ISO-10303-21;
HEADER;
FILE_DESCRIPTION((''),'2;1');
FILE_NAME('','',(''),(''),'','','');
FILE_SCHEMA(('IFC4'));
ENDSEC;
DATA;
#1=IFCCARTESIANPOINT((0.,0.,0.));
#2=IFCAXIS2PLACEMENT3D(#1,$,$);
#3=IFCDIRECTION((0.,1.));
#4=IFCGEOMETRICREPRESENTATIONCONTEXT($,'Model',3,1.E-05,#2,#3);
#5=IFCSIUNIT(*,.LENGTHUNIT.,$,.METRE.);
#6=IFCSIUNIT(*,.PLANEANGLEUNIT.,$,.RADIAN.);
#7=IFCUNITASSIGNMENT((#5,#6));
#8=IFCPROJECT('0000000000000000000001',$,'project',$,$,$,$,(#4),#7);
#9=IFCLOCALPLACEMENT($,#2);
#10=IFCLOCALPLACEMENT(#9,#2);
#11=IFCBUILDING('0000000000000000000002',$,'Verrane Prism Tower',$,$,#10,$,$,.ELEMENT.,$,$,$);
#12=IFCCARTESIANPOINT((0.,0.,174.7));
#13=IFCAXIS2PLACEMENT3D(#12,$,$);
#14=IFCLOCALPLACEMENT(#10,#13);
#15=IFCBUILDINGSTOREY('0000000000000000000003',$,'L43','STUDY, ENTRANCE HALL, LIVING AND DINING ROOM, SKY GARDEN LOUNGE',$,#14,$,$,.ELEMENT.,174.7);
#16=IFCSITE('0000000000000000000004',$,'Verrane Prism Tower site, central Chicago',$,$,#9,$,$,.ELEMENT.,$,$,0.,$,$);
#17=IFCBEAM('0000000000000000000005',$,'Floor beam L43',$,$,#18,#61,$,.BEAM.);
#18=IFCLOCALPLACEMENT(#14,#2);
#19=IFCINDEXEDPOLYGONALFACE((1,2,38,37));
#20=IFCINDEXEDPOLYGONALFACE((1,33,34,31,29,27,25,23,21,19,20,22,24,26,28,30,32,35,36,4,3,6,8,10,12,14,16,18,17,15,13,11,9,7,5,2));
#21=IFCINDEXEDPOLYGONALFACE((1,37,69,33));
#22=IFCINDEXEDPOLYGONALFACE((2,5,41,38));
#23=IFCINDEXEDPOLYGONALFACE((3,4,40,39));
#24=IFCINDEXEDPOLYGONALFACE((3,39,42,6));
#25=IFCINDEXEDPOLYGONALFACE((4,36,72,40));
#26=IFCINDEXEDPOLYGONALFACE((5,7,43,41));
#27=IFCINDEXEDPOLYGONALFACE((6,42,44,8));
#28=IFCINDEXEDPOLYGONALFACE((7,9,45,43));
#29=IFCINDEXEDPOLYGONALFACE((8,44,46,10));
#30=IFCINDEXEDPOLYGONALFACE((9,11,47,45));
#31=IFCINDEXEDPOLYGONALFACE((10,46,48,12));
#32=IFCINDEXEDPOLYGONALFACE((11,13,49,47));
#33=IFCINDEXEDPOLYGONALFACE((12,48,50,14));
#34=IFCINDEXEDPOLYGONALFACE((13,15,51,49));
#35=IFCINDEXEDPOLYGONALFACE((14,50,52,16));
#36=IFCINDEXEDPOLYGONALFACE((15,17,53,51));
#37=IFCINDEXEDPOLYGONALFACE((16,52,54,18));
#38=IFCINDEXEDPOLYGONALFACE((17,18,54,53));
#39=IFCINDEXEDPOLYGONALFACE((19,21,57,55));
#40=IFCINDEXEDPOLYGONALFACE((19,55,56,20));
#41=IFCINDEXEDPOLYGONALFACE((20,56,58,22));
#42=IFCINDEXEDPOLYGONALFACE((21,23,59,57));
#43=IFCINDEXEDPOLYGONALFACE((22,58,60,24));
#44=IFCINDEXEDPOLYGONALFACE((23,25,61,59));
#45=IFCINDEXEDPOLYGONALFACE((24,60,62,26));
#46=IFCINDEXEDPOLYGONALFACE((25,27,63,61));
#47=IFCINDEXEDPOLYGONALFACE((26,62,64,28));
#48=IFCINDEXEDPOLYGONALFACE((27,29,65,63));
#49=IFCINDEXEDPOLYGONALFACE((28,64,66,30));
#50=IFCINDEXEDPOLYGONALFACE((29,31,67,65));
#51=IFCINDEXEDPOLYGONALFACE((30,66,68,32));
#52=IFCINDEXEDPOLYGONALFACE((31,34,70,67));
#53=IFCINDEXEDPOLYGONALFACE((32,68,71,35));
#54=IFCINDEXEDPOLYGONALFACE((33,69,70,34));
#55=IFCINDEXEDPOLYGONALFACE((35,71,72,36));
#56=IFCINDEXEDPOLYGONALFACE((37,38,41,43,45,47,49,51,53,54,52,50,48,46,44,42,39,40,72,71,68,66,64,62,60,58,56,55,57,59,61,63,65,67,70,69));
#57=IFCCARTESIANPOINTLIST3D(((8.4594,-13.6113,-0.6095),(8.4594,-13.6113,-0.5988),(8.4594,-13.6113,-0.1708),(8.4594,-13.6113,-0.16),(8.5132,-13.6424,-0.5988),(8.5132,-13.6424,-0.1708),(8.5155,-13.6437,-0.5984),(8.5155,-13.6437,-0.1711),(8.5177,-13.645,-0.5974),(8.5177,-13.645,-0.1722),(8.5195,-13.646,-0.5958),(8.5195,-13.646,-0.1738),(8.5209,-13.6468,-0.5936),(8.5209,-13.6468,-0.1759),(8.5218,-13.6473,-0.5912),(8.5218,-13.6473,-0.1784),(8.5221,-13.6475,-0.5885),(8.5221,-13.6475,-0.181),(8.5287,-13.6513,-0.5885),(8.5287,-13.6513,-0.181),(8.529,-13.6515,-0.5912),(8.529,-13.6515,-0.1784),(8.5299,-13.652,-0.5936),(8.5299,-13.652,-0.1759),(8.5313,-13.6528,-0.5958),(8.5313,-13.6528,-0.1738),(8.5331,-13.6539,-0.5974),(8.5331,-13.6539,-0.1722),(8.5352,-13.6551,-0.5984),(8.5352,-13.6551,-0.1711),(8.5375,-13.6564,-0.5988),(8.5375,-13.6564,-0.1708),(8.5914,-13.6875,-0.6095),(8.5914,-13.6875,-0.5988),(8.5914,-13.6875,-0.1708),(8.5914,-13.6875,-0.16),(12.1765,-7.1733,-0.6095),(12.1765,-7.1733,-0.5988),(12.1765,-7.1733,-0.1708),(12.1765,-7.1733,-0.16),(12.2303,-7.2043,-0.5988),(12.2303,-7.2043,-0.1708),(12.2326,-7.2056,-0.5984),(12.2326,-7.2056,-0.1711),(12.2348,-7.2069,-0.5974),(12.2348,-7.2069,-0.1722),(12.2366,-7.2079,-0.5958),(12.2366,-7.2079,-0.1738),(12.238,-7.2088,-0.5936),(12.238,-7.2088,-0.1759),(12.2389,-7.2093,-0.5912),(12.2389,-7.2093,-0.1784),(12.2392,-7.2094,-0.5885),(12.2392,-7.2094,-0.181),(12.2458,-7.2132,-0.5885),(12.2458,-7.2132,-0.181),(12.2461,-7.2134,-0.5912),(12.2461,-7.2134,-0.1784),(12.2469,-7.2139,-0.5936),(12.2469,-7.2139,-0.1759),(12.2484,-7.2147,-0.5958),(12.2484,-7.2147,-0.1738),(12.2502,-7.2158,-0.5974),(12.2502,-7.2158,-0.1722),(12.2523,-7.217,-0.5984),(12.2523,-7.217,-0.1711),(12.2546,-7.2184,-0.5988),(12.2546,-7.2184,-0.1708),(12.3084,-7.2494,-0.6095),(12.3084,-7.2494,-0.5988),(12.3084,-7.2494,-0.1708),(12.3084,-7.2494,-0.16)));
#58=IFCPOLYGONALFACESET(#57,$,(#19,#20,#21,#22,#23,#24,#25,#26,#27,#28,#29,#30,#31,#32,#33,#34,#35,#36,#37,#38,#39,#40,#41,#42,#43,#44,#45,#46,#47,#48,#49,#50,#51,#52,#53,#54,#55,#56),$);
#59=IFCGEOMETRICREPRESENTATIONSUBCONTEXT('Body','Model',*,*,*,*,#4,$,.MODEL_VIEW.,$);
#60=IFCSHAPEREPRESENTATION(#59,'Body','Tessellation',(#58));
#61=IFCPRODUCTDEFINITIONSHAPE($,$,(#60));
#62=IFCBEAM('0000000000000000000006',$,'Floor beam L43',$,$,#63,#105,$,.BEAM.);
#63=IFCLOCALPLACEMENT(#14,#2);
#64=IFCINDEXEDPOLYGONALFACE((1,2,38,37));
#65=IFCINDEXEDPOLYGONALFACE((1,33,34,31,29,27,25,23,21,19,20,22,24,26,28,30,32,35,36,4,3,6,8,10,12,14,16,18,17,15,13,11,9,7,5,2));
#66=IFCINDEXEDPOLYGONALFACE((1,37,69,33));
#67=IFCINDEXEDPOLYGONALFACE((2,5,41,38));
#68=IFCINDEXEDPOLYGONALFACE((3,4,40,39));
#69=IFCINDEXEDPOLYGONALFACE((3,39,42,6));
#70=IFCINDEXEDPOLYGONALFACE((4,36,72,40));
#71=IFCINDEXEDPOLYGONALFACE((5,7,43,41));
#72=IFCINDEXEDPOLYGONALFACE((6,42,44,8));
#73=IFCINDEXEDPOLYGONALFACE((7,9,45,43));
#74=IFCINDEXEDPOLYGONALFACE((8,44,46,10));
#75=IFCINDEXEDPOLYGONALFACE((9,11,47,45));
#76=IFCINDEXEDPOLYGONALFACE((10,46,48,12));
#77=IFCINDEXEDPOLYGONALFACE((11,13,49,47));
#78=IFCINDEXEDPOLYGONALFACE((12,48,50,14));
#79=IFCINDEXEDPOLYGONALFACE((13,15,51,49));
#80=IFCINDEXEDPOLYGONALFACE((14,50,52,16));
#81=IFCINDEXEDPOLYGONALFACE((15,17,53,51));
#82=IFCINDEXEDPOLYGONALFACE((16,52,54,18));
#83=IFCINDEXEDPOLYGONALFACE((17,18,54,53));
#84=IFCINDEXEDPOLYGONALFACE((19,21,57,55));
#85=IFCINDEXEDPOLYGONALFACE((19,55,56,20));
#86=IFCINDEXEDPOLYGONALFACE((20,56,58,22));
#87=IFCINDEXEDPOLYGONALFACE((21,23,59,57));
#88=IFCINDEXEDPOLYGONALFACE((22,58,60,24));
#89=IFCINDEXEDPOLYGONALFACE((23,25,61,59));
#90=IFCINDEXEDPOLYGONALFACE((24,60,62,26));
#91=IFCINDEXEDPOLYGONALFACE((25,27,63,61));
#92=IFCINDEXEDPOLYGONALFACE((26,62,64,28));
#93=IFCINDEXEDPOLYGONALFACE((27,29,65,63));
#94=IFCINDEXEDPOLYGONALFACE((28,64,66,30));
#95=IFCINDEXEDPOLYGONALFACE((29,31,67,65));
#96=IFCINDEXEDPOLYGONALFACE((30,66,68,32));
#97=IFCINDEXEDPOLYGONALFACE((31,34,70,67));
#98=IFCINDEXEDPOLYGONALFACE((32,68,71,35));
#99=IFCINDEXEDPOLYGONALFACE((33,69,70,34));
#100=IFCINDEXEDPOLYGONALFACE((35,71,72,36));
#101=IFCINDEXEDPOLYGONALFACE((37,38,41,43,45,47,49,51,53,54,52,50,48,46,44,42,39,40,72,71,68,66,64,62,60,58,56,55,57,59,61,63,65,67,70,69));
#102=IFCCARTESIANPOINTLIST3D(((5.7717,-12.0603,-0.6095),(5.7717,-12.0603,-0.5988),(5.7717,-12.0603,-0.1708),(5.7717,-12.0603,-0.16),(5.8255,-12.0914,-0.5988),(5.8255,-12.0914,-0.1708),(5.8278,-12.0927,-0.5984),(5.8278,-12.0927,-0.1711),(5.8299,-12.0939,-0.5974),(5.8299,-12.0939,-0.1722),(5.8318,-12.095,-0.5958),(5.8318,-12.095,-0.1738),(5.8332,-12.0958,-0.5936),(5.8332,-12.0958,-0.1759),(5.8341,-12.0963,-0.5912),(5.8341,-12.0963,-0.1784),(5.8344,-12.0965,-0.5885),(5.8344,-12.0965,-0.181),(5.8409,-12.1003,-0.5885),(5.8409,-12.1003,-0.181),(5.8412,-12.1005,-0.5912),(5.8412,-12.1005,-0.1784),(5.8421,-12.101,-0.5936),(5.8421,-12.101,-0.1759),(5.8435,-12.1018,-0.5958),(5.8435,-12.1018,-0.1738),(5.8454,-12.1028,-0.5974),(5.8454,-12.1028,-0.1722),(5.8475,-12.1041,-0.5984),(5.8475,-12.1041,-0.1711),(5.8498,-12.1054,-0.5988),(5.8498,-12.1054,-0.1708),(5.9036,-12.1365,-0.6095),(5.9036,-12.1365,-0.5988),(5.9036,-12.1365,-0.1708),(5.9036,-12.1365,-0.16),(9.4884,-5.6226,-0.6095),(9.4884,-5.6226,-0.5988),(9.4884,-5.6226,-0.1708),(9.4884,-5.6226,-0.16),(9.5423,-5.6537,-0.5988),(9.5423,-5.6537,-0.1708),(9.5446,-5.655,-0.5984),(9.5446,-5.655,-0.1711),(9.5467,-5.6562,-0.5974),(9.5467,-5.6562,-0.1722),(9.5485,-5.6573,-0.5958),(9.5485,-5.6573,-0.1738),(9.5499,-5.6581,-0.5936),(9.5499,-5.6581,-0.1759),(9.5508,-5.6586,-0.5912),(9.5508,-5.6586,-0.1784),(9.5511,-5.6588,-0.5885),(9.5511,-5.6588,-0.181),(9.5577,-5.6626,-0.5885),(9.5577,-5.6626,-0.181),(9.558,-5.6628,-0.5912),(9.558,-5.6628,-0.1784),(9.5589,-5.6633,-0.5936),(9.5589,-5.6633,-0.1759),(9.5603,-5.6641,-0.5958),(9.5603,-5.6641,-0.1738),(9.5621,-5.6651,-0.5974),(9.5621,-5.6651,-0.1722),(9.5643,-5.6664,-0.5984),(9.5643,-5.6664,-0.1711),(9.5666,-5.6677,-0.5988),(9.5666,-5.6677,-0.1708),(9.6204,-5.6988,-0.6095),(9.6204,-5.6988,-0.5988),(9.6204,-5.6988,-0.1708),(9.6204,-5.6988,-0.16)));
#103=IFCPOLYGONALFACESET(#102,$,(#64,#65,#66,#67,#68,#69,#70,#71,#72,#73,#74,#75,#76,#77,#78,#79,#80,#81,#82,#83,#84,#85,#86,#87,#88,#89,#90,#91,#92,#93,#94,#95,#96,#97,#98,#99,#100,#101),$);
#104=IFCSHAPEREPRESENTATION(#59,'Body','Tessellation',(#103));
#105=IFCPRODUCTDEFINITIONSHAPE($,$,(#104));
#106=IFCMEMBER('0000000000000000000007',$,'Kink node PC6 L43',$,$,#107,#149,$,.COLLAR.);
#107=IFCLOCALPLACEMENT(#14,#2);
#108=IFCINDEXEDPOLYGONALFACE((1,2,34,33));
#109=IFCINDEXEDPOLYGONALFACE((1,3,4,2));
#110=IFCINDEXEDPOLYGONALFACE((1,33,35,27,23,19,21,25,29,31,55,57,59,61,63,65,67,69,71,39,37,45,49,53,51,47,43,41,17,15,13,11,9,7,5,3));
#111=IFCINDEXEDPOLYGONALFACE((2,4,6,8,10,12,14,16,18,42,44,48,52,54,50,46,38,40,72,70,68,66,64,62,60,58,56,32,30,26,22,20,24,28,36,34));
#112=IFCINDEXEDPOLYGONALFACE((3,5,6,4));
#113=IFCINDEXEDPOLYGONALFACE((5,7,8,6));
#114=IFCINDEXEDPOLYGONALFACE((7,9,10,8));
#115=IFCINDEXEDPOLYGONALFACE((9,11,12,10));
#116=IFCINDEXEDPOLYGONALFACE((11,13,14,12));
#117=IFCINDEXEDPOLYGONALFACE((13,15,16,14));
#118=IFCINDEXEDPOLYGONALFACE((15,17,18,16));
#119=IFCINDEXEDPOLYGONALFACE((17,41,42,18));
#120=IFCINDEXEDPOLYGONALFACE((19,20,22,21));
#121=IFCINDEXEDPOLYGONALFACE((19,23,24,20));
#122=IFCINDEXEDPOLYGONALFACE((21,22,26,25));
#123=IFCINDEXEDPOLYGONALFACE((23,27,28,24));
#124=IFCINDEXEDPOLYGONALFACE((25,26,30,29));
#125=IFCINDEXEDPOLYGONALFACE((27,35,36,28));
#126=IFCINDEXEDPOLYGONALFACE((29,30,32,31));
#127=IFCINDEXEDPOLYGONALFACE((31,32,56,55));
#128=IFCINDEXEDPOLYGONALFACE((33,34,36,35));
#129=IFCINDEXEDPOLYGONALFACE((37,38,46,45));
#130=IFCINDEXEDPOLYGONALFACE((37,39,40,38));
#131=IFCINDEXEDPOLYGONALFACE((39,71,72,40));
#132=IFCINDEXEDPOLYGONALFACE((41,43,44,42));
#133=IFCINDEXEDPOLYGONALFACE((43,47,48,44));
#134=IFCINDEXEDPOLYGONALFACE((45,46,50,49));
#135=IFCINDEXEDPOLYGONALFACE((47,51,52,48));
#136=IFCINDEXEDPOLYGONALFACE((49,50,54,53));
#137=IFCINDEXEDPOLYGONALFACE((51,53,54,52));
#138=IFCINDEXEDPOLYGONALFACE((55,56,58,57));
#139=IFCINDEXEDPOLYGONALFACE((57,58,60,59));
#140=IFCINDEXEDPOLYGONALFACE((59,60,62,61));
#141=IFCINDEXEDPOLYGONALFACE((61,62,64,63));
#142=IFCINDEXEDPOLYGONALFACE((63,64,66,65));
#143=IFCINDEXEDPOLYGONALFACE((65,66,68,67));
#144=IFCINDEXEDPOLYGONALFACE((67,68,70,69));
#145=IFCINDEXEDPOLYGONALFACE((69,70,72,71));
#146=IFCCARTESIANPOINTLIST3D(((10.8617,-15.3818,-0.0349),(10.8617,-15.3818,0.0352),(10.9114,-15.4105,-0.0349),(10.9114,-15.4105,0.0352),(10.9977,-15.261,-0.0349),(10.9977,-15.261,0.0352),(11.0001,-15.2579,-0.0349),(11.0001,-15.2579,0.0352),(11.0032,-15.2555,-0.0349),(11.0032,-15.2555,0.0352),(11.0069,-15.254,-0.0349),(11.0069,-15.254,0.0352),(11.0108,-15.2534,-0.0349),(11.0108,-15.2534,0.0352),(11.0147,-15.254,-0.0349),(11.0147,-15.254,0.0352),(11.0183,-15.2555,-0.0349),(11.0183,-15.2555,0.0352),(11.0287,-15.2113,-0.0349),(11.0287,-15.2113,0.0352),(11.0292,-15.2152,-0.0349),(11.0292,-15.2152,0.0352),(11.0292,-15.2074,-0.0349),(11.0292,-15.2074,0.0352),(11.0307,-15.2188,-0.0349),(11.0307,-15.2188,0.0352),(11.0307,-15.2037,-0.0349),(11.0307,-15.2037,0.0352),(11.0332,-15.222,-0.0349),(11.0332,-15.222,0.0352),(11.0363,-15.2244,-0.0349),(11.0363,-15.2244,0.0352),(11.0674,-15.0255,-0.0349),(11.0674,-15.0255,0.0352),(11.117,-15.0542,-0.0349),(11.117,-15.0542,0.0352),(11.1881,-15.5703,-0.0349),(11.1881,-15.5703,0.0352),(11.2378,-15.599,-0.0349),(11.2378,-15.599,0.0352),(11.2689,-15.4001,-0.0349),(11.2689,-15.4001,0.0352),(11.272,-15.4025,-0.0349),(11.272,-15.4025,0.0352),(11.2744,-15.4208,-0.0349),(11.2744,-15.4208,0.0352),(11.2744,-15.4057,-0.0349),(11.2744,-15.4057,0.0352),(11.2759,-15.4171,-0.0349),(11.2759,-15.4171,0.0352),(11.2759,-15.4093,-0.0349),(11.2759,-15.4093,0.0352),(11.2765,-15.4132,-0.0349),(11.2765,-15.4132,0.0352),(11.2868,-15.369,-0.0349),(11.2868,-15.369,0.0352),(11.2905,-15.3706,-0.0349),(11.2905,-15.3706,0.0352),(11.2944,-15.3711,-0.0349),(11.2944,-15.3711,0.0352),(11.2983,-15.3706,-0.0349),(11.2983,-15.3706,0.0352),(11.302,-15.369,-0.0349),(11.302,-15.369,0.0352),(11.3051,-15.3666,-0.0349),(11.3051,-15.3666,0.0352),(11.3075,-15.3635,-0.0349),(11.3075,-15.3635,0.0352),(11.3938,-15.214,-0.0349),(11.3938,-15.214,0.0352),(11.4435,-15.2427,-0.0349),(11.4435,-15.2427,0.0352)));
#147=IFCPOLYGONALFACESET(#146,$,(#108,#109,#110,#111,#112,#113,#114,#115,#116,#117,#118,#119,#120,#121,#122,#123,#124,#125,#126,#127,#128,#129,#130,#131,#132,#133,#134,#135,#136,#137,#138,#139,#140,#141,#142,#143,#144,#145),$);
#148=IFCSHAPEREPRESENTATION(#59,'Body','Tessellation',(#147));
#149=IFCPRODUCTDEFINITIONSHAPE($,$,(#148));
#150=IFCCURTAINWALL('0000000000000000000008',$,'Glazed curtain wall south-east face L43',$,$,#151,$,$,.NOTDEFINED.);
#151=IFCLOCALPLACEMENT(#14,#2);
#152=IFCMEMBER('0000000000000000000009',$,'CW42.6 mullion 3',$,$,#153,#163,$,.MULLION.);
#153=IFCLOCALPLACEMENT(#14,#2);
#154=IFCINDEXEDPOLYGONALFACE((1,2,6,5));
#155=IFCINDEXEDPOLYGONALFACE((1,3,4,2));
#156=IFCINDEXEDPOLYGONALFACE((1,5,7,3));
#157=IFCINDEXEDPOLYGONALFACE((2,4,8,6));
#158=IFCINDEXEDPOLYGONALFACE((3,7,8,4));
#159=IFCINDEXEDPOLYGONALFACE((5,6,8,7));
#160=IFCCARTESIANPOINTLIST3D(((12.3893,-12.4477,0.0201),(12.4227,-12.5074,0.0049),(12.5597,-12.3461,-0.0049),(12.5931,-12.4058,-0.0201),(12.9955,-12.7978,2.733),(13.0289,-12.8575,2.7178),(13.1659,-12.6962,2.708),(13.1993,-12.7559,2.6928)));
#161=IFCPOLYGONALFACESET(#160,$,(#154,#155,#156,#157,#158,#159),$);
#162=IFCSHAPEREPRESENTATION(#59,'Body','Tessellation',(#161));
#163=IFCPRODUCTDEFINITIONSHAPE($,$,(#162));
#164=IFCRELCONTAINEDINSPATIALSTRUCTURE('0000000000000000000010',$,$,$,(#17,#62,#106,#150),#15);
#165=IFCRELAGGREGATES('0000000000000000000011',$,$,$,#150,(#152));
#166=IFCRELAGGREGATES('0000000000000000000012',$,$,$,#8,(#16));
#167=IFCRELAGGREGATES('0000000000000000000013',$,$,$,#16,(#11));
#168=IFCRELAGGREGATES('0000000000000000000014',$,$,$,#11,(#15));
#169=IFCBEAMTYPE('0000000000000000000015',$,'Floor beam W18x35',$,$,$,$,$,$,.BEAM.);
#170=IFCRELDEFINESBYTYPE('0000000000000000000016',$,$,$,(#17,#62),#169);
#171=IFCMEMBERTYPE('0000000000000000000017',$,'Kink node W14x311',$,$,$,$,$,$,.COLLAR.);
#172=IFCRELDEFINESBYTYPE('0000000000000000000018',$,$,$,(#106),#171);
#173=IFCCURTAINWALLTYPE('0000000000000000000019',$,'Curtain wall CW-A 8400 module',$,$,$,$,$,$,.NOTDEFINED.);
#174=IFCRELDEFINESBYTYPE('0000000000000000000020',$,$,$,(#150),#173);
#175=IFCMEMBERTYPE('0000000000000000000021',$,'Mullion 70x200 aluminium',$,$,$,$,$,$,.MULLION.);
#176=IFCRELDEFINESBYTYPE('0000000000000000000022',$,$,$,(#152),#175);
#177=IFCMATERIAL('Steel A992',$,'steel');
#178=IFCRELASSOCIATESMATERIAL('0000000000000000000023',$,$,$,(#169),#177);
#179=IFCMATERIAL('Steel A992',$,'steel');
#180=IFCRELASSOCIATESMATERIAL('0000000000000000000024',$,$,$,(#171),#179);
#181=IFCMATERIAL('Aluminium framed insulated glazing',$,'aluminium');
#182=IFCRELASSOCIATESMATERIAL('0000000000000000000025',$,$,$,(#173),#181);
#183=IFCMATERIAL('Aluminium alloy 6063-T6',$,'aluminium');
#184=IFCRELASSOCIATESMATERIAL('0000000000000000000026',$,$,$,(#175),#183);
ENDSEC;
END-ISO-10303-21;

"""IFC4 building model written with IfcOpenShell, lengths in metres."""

from ifc_helpers import new_model, si_unit, direction, frame, origin, origin_2d, place, context, subcontext, project, spatial, rectangle, i_section, extrude, material, material_profile, profile_set, type_object, element, aggregate, save


model = new_model("IFC4")

# Units and contexts
model_context = context("Model", 3, precision=1e-05, world=origin(), true_north=direction((0.0, 1.0)))
body_context = subcontext(model_context, "Body", "Model", "MODEL_VIEW")
ifc_project = project(units=[si_unit("LENGTHUNIT", "METRE"), si_unit("PLANEANGLEUNIT", "RADIAN")], contexts=[model_context])

# Site, building, storey
site_placement = place(None, origin())
site = spatial("IfcSite", under=ifc_project, at=site_placement, Name="Verrane Prism Tower site, central Chicago", CompositionType="ELEMENT", RefElevation=0.0)
building_placement = place(site_placement, origin())
building = spatial("IfcBuilding", under=site, at=building_placement, Name="Verrane Prism Tower", CompositionType="ELEMENT")
storey_placement = place(building_placement, frame((0.0, 0.0, 174.7)))
storey = spatial("IfcBuildingStorey", under=building, at=storey_placement, Name="L43", Description="STUDY, ENTRANCE HALL, LIVING AND DINING ROOM, SKY GARDEN LOUNGE", CompositionType="ELEMENT", Elevation=174.7)

# Beams
ifc_material_1 = material(Name="Steel A992", Category="steel")
ifc_material_profile_1 = material_profile(ifc_material_1, i_section(OverallWidth=0.1523, OverallDepth=0.4495, WebThickness=0.0076, FlangeThickness=0.0107, FilletRadius=0.0103, at=origin_2d()), Name="W18x35")
ifc_profile_set_1 = profile_set([ifc_material_profile_1], Name="Steel A992")
beam_type_1 = type_object("IfcBeamType", Name="Floor beam W18x35", PredefinedType="BEAM", material=ifc_profile_set_1)
beam_1_placement = place(storey_placement, frame((8.5254, -13.6494, -0.3848), z_axis=(0.500007, 0.866022, 0.0), x_axis=(-0.866022, 0.500007, 0.0)))
element("IfcBeam", 1, at=beam_1_placement, inside=storey, type_object=beam_type_1, Name="Floor beam L43", PredefinedType="BEAM", context=body_context, shape_type="SweptSolid", body=[
    extrude(i_section(OverallWidth=0.1523, OverallDepth=0.4495, WebThickness=0.0076, FlangeThickness=0.0107, FilletRadius=0.0103, at=origin_2d()), origin(), (0.0, 0.0, 1.0), 7.4341),
])
beam_2_placement = place(storey_placement, frame((5.8376, -12.0984, -0.3848), z_axis=(0.499996, 0.866028, 0.0), x_axis=(-0.866028, 0.499996, 0.0)))
element("IfcBeam", 2, at=beam_2_placement, inside=storey, type_object=beam_type_1, Name="Floor beam L43", PredefinedType="BEAM", context=body_context, shape_type="SweptSolid", body=[
    extrude(i_section(OverallWidth=0.1523, OverallDepth=0.4495, WebThickness=0.0076, FlangeThickness=0.0107, FilletRadius=0.0103, at=origin_2d()), origin(), (0.0, 0.0, 1.0), 7.4336),
])

# Member
ifc_material_2 = material(Name="Steel A992", Category="steel")
ifc_material_profile_2 = material_profile(ifc_material_2, i_section(OverallWidth=0.4114, OverallDepth=0.4343, WebThickness=0.0359, FlangeThickness=0.0574, FilletRadius=0.0151, at=origin_2d()), Name="W14x311")
ifc_profile_set_2 = profile_set([ifc_material_profile_2], Name="Steel A992")
member_type_1 = type_object("IfcMemberType", Name="Kink node W14x311", PredefinedType="COLLAR", material=ifc_profile_set_2)
member_1_placement = place(storey_placement, frame((11.1526, -15.3123, -0.0349), z_axis=(0.0, 0.0, 1.0), x_axis=(-0.5, -0.866025, 0.0)))
element("IfcMember", 3, at=member_1_placement, inside=storey, type_object=member_type_1, Name="Kink node PC6 L43", PredefinedType="COLLAR", context=body_context, shape_type="SweptSolid", body=[
    extrude(i_section(OverallWidth=0.4114, OverallDepth=0.4343, WebThickness=0.0359, FlangeThickness=0.0574, FilletRadius=0.0151, at=origin_2d()), origin(), (0.0, 0.0, 1.0), 0.0701),
])

# Curtain wall, member
ifc_material_3 = material(Name="Aluminium framed insulated glazing", Category="aluminium")
curtain_wall_type = type_object("IfcCurtainWallType", Name="Curtain wall CW-A 8400 module", PredefinedType="NOTDEFINED", material=ifc_material_3)
curtain_wall_placement = place(storey_placement, origin())
curtain_wall = element("IfcCurtainWall", 4, at=curtain_wall_placement, inside=storey, type_object=curtain_wall_type, Name="Glazed curtain wall south-east face L43", PredefinedType="NOTDEFINED")
ifc_material_4 = material(Name="Aluminium alloy 6063-T6", Category="aluminium")
ifc_material_profile_3 = material_profile(ifc_material_4, rectangle(XDim=0.2, YDim=0.0701, at=origin_2d()), Name="Mullion 70x200 aluminium")
ifc_profile_set_3 = profile_set([ifc_material_profile_3], Name="Aluminium alloy 6063-T6")
member_type_2 = type_object("IfcMemberType", Name="Mullion 70x200 aluminium", PredefinedType="MULLION", material=ifc_profile_set_3)
member_2_placement = place(storey_placement, frame((12.4912, -12.4268, 0.0), z_axis=(0.216365, -0.124957, 0.968283), x_axis=(-0.852358, -0.507818, 0.124928)))
member_2 = element("IfcMember", 5, at=member_2_placement, type_object=member_type_2, Name="CW42.6 mullion 3", PredefinedType="MULLION", context=body_context, shape_type="SweptSolid", body=[
    extrude(rectangle(XDim=0.2, YDim=0.0701, at=origin_2d()), origin(), (0.0, 0.0, 1.0), 2.8018),
])

aggregate(curtain_wall, [member_2])

save(model, "model.ifc")
